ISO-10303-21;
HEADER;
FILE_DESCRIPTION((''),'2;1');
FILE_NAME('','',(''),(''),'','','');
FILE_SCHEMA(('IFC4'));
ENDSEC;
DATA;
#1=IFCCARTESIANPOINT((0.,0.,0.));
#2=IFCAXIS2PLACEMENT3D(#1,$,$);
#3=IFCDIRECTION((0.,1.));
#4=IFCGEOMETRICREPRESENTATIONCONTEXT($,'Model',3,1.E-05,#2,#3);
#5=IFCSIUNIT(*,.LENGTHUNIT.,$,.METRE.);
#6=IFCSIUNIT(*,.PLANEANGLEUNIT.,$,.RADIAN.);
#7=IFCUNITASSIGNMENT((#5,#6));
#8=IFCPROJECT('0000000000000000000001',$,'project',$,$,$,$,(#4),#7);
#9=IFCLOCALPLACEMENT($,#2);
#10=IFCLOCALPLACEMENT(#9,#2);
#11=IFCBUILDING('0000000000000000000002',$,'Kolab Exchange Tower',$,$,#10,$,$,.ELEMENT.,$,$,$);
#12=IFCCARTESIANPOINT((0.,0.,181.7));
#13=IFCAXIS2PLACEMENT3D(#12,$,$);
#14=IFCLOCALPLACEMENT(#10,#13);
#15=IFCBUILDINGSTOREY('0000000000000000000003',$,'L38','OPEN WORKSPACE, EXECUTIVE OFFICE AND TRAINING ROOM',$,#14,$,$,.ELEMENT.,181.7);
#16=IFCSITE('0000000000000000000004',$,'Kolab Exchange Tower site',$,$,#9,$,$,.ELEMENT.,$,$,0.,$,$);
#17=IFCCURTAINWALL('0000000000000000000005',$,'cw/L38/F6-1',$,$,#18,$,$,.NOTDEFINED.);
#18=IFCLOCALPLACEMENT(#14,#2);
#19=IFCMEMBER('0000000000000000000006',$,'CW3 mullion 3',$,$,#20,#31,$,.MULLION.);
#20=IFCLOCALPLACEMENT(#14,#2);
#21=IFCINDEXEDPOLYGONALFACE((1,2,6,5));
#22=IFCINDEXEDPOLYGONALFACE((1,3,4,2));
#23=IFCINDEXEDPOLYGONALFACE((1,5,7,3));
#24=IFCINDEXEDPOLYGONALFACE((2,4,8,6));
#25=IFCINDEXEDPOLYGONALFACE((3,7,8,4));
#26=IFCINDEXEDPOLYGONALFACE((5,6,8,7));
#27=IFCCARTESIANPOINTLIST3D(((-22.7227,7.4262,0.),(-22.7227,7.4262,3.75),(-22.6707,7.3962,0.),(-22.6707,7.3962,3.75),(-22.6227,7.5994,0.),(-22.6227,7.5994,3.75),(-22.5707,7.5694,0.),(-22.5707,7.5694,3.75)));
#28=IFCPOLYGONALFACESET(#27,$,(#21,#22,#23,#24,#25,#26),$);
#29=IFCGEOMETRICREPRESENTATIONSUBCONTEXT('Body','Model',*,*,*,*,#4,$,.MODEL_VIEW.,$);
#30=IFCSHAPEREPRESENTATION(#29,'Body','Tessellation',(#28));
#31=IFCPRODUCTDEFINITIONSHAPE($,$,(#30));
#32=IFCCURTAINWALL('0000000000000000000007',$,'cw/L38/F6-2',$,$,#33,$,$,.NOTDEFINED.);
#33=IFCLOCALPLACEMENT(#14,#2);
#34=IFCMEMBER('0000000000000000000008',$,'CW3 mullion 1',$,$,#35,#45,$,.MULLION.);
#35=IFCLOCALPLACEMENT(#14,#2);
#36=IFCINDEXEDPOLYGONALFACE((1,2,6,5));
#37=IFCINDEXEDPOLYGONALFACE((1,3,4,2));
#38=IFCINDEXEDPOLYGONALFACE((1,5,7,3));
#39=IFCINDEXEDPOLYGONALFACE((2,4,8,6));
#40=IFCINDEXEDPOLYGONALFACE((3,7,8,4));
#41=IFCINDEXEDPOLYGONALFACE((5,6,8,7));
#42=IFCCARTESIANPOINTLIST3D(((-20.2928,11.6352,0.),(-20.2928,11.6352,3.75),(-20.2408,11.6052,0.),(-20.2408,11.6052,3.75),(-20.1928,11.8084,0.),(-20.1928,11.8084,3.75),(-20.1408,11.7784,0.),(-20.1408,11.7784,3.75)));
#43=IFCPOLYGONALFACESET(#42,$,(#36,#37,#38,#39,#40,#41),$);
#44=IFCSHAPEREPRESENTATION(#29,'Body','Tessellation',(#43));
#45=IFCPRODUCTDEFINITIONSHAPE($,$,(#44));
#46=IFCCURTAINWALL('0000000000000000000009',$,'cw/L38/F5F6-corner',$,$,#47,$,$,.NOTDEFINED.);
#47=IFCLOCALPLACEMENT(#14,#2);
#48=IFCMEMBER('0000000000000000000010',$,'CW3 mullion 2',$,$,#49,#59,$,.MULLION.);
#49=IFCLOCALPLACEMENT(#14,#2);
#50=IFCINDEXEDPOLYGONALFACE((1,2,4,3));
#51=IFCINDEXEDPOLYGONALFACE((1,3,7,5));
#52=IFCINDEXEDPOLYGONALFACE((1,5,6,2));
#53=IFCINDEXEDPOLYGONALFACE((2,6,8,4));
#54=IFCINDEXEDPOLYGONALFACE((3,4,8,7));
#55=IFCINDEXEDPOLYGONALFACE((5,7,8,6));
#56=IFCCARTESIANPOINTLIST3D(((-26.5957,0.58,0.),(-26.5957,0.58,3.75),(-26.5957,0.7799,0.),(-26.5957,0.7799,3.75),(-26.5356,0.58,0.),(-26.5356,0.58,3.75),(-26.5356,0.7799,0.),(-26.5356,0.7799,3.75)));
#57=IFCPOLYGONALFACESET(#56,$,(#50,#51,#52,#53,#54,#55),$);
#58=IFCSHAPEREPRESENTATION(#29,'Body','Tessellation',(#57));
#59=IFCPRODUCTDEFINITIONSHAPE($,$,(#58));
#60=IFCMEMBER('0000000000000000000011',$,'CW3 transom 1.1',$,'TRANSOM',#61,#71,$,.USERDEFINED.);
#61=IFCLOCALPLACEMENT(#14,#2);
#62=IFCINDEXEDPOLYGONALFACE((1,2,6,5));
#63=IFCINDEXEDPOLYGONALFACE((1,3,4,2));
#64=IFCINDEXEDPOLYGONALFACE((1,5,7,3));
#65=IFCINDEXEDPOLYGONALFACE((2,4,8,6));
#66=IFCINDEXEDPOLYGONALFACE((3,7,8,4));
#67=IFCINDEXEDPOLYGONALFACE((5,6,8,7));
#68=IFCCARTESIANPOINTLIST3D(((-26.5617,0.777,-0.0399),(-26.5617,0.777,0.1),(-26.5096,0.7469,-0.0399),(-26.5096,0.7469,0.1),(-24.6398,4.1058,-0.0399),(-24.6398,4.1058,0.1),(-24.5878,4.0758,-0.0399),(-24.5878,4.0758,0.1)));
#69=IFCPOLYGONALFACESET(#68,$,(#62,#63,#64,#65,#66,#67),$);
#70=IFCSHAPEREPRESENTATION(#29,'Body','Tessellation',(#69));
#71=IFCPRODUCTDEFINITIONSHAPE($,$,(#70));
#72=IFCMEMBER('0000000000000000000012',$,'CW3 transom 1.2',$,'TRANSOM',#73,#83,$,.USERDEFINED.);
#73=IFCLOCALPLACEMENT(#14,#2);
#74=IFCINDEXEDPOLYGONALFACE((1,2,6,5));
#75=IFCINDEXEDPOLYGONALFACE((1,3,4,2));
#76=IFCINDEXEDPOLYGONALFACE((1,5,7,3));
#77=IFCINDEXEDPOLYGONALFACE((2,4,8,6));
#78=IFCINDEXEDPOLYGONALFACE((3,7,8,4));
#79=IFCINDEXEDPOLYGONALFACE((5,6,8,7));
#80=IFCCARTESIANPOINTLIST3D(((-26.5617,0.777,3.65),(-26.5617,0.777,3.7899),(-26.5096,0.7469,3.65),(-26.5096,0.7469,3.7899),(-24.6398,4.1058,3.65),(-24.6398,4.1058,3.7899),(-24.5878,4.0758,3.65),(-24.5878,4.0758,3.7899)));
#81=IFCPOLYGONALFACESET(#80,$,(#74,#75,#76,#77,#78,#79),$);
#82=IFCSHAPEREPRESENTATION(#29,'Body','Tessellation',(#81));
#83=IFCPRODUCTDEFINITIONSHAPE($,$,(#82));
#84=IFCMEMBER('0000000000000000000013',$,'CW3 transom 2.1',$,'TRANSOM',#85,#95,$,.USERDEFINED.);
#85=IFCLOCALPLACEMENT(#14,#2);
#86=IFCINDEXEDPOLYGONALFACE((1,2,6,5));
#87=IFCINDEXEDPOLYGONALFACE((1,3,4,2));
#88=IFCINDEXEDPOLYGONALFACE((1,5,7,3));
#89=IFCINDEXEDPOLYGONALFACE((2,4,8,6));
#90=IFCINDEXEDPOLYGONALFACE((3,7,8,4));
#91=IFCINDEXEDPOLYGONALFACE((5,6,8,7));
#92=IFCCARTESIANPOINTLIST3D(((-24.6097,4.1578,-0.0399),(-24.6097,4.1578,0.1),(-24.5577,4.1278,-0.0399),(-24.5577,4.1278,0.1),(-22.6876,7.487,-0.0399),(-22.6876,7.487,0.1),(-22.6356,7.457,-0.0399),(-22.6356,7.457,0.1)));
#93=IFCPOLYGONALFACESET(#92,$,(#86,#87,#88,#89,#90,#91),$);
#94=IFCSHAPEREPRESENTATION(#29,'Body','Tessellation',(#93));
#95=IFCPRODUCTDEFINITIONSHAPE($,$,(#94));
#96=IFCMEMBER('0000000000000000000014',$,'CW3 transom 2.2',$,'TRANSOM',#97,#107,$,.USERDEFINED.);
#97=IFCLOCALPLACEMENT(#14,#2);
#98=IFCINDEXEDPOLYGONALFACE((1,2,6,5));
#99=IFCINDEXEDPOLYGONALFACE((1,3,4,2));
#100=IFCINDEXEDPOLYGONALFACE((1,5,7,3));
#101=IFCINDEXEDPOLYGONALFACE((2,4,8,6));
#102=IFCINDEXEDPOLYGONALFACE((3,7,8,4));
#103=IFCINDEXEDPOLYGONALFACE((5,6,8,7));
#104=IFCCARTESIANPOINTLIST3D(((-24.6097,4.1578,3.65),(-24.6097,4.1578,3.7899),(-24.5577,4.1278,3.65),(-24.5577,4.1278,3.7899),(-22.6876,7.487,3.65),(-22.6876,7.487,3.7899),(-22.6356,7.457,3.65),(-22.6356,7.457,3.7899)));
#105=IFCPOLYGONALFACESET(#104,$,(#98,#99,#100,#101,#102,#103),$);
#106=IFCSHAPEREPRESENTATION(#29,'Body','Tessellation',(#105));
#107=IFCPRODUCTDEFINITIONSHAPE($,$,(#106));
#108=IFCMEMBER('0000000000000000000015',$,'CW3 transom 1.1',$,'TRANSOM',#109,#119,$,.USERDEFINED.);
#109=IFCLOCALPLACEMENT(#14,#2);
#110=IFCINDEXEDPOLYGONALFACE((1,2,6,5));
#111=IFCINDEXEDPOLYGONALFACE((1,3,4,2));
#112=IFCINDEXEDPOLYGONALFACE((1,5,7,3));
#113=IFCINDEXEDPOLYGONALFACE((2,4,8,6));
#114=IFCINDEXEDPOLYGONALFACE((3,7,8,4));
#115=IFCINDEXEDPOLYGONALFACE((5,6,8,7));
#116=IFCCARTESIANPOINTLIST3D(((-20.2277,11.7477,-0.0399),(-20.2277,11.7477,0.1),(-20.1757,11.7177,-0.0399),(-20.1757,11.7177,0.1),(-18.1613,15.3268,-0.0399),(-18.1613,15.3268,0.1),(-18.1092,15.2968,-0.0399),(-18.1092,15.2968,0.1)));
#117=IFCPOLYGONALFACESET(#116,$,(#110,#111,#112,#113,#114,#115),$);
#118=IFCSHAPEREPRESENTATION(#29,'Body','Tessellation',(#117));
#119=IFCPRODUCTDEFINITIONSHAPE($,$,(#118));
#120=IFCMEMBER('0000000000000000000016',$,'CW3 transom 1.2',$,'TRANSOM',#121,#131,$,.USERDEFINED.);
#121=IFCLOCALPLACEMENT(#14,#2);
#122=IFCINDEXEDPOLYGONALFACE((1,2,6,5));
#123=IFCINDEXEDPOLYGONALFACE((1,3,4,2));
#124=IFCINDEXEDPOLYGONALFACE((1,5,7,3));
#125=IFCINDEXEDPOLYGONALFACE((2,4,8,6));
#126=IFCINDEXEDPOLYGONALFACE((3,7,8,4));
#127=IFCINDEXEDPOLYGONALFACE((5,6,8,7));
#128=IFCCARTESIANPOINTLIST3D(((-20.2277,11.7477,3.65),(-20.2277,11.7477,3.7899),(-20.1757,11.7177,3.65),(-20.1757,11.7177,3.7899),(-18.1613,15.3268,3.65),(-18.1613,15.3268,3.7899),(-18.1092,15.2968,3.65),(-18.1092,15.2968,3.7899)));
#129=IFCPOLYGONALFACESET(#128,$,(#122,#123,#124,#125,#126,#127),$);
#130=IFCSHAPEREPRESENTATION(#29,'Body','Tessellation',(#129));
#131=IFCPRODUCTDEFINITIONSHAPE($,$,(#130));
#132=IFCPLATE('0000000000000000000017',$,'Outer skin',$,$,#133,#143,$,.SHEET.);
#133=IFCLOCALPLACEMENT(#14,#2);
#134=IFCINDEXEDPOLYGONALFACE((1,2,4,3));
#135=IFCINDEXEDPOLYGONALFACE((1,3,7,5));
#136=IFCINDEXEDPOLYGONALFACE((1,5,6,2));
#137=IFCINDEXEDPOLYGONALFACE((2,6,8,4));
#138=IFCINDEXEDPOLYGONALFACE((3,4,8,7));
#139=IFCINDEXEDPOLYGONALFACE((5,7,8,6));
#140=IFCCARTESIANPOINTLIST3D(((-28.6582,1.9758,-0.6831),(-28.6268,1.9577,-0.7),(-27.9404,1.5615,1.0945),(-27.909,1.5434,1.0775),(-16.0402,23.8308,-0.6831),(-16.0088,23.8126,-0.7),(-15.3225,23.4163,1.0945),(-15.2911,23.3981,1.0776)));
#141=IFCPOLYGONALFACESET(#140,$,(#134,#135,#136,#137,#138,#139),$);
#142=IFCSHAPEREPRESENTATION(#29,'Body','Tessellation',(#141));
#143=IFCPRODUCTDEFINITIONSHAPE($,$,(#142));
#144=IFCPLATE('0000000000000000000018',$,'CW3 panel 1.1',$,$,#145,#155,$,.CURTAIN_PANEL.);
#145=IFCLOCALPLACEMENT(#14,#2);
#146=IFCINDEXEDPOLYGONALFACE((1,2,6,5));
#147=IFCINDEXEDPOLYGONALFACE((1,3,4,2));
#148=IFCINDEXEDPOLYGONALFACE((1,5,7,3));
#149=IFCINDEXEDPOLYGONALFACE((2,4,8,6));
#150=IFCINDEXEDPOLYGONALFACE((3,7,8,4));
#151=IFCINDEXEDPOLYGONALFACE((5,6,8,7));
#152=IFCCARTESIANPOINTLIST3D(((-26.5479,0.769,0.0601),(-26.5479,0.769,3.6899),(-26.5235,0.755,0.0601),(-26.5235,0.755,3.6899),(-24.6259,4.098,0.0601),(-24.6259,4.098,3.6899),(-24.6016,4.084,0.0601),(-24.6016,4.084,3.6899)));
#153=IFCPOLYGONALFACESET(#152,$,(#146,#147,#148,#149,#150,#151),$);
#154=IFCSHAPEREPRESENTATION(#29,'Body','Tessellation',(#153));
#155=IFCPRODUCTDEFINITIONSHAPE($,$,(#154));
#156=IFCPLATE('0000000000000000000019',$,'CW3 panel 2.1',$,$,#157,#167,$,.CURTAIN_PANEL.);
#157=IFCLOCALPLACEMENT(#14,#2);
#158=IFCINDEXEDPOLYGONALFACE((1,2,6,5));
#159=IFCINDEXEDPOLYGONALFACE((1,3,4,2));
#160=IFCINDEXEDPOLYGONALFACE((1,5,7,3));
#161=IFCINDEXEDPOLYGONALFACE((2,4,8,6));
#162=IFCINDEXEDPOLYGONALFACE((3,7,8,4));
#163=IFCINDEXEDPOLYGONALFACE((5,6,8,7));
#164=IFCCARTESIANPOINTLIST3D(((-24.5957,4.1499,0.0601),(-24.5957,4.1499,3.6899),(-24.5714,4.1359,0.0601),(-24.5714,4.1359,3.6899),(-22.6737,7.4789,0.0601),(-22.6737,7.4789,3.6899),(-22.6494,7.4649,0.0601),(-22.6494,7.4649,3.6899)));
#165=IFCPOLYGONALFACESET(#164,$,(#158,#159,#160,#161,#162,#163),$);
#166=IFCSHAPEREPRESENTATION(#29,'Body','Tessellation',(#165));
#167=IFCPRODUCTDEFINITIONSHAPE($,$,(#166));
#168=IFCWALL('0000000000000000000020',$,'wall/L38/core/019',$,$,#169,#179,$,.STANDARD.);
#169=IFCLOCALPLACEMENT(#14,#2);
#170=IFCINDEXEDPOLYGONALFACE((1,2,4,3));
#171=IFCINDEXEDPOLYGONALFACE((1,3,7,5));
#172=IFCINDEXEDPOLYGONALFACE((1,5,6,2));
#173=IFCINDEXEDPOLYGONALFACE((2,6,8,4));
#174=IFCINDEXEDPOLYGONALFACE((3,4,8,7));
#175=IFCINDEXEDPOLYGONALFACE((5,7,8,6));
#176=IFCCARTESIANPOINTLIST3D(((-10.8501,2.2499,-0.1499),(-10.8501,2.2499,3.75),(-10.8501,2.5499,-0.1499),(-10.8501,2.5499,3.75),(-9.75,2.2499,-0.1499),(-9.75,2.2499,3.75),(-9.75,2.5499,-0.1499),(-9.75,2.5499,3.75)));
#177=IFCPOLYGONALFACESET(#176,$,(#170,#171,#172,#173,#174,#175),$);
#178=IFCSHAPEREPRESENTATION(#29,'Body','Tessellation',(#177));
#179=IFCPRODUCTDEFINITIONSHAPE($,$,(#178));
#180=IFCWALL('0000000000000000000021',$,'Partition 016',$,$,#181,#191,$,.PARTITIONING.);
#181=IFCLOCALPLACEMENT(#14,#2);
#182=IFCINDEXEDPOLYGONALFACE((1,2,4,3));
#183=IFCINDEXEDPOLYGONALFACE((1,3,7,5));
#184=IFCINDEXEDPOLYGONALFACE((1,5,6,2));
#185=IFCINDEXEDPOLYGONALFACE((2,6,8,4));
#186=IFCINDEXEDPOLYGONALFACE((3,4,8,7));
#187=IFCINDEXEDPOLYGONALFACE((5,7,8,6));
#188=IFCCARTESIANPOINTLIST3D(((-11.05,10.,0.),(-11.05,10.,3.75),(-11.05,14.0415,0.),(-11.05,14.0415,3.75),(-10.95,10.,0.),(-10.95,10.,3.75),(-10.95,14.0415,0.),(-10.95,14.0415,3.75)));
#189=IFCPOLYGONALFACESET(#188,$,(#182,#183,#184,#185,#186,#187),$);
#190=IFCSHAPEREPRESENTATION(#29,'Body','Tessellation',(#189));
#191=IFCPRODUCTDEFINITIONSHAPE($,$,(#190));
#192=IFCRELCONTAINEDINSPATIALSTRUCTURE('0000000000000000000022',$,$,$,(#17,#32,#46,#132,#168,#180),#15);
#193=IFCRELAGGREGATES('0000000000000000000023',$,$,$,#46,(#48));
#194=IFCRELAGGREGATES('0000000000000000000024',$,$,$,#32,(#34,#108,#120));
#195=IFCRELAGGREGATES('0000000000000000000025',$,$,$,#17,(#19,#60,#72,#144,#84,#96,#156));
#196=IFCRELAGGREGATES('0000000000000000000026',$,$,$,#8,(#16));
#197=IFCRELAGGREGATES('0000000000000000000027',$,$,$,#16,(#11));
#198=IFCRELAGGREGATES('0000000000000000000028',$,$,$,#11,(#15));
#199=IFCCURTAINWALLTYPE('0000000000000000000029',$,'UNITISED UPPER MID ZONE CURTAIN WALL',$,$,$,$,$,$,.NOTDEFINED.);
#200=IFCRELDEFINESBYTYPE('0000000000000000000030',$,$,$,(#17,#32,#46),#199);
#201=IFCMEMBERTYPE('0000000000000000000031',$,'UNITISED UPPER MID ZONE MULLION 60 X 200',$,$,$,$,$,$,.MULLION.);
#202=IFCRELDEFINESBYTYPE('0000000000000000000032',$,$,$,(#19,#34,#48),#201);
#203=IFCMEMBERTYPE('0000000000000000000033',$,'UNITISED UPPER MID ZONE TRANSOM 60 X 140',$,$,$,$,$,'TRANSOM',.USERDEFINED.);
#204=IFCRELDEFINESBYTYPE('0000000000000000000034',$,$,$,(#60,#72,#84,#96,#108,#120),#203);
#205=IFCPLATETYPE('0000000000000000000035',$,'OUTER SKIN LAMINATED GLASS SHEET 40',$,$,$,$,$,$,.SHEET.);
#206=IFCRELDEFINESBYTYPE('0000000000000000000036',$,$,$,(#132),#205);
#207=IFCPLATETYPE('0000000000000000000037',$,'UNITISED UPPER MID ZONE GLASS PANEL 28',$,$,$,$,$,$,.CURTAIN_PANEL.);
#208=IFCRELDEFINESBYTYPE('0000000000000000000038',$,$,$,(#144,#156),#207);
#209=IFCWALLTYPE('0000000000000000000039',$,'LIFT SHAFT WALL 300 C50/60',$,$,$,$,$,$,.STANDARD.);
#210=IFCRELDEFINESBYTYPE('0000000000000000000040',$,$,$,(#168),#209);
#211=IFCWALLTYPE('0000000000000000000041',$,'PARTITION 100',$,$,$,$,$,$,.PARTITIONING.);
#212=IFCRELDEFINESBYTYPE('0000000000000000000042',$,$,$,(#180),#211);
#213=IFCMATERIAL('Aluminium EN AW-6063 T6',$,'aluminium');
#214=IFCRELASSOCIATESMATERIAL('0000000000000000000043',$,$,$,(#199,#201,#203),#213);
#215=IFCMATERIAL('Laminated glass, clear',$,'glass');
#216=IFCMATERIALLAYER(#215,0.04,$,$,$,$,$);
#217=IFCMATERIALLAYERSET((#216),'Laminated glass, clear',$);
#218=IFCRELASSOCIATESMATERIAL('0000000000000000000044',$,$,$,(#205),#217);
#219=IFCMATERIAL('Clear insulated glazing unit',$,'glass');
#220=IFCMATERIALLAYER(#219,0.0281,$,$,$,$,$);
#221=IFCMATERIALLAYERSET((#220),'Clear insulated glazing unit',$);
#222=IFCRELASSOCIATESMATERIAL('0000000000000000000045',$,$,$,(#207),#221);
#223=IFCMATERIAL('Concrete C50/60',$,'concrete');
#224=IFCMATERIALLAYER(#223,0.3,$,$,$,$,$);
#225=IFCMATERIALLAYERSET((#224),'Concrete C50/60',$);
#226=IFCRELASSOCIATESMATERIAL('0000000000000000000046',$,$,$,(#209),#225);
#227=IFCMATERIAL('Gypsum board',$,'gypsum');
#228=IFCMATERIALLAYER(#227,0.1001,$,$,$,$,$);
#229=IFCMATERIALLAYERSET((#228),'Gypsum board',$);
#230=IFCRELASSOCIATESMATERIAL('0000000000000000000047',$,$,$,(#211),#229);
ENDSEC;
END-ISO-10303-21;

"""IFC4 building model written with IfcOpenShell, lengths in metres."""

from ifc_helpers import new_model, si_unit, direction, frame, frame_2d, origin, origin_2d, place, context, subcontext, project, spatial, polyline, rectangle, outline, extrude, material, layer, layer_set, material_profile, profile_set, type_object, element, aggregate, save


model = new_model("IFC4")

# Units and contexts
model_context = context("Model", 3, precision=1e-05, world=origin(), true_north=direction((0.0, 1.0)))
body_context = subcontext(model_context, "Body", "Model", "MODEL_VIEW")
ifc_project = project(units=[si_unit("LENGTHUNIT", "METRE"), si_unit("PLANEANGLEUNIT", "RADIAN")], contexts=[model_context])

# Site, building, storey
site_placement = place(None, origin())
site = spatial("IfcSite", under=ifc_project, at=site_placement, Name="Kolab Exchange Tower site", CompositionType="ELEMENT", RefElevation=0.0)
building_placement = place(site_placement, origin())
building = spatial("IfcBuilding", under=site, at=building_placement, Name="Kolab Exchange Tower", CompositionType="ELEMENT")
storey_placement = place(building_placement, frame((0.0, 0.0, 181.7)))
storey = spatial("IfcBuildingStorey", under=building, at=storey_placement, Name="L38", Description="OPEN WORKSPACE, EXECUTIVE OFFICE AND TRAINING ROOM", CompositionType="ELEMENT", Elevation=181.7)

# Curtain wall, member
ifc_material_1 = material(Name="Aluminium EN AW-6063 T6", Category="aluminium")
curtain_wall_type = type_object("IfcCurtainWallType", Name="UNITISED UPPER MID ZONE CURTAIN WALL", PredefinedType="NOTDEFINED", material=ifc_material_1)
curtain_wall_1_placement = place(storey_placement, origin())
curtain_wall_1 = element("IfcCurtainWall", 1, at=curtain_wall_1_placement, inside=storey, type_object=curtain_wall_type, Name="cw/L38/F6-1", PredefinedType="NOTDEFINED")
ifc_material_profile_1 = material_profile(ifc_material_1, rectangle(XDim=0.0601, YDim=0.2, at=origin_2d()), Name="RECT 60X200")
ifc_profile_set_1 = profile_set([ifc_material_profile_1], Name="Aluminium EN AW-6063 T6")
member_type_1 = type_object("IfcMemberType", Name="UNITISED UPPER MID ZONE MULLION 60 X 200", PredefinedType="MULLION", material=ifc_profile_set_1)
member_1_placement = place(storey_placement, frame((-22.6467, 7.4978, 0.0), z_axis=(0.0, 0.0, 1.0), x_axis=(-0.866025, 0.5, 0.0)))
member_1 = element("IfcMember", 2, at=member_1_placement, type_object=member_type_1, Name="CW3 mullion 3", PredefinedType="MULLION", context=body_context, shape_type="SweptSolid", body=[
    extrude(rectangle(XDim=0.0601, YDim=0.2, at=origin_2d()), origin(), (0.0, 0.0, 1.0), 3.75),
])

# Curtain walls, members
curtain_wall_2_placement = place(storey_placement, origin())
curtain_wall_2 = element("IfcCurtainWall", 3, at=curtain_wall_2_placement, inside=storey, type_object=curtain_wall_type, Name="cw/L38/F6-2", PredefinedType="NOTDEFINED")
member_2_placement = place(storey_placement, frame((-20.2168, 11.7068, 0.0), z_axis=(0.0, 0.0, 1.0), x_axis=(-0.866025, 0.5, 0.0)))
member_2 = element("IfcMember", 4, at=member_2_placement, type_object=member_type_1, Name="CW3 mullion 1", PredefinedType="MULLION", context=body_context, shape_type="SweptSolid", body=[
    extrude(rectangle(XDim=0.0601, YDim=0.2, at=origin_2d()), origin(), (0.0, 0.0, 1.0), 3.75),
])
curtain_wall_3_placement = place(storey_placement, origin())
curtain_wall_3 = element("IfcCurtainWall", 5, at=curtain_wall_3_placement, inside=storey, type_object=curtain_wall_type, Name="cw/L38/F5F6-corner", PredefinedType="NOTDEFINED")
member_3_placement = place(storey_placement, frame((-26.5657, 0.6799, 0.0), z_axis=(0.0, 0.0, 1.0), x_axis=(-1.0, 0.0, 0.0)))
member_3 = element("IfcMember", 6, at=member_3_placement, type_object=member_type_1, Name="CW3 mullion 2", PredefinedType="MULLION", context=body_context, shape_type="SweptSolid", body=[
    extrude(rectangle(XDim=0.0601, YDim=0.2, at=origin_2d()), origin(), (0.0, 0.0, 1.0), 3.75),
])
aggregate(curtain_wall_3, [member_3])

# Members
ifc_material_profile_2 = material_profile(ifc_material_1, rectangle(XDim=0.0601, YDim=0.1399, at=origin_2d()), Name="RECT 60X140")
ifc_profile_set_2 = profile_set([ifc_material_profile_2], Name="Aluminium EN AW-6063 T6")
member_type_2 = type_object("IfcMemberType", Name="UNITISED UPPER MID ZONE TRANSOM 60 X 140", ElementType="TRANSOM", PredefinedType="USERDEFINED", material=ifc_profile_set_2)
member_4_placement = place(storey_placement, frame((-26.5356, 0.762, 0.03), z_axis=(0.499992, 0.86603, 0.0), x_axis=(-0.86603, 0.499992, 0.0)))
member_4 = element("IfcMember", 7, at=member_4_placement, type_object=member_type_2, Name="CW3 transom 1.1", ObjectType="TRANSOM", PredefinedType="USERDEFINED", context=body_context, shape_type="SweptSolid", body=[
    extrude(rectangle(XDim=0.0601, YDim=0.1399, at=origin_2d()), origin(), (0.0, 0.0, 1.0), 3.8438),
])
member_5_placement = place(storey_placement, frame((-26.5356, 0.762, 3.72), z_axis=(0.499992, 0.86603, 0.0), x_axis=(-0.86603, 0.499992, 0.0)))
member_5 = element("IfcMember", 8, at=member_5_placement, type_object=member_type_2, Name="CW3 transom 1.2", ObjectType="TRANSOM", PredefinedType="USERDEFINED", context=body_context, shape_type="SweptSolid", body=[
    extrude(rectangle(XDim=0.0601, YDim=0.1399, at=origin_2d()), origin(), (0.0, 0.0, 1.0), 3.8438),
])
member_6_placement = place(storey_placement, frame((-24.5837, 4.1428, 0.03), z_axis=(0.500012, 0.866018, 0.0), x_axis=(-0.866018, 0.500012, 0.0)))
member_6 = element("IfcMember", 9, at=member_6_placement, type_object=member_type_2, Name="CW3 transom 2.1", ObjectType="TRANSOM", PredefinedType="USERDEFINED", context=body_context, shape_type="SweptSolid", body=[
    extrude(rectangle(XDim=0.0601, YDim=0.1399, at=origin_2d()), origin(), (0.0, 0.0, 1.0), 3.8442),
])
member_7_placement = place(storey_placement, frame((-24.5837, 4.1428, 3.72), z_axis=(0.500012, 0.866018, 0.0), x_axis=(-0.866018, 0.500012, 0.0)))
member_7 = element("IfcMember", 10, at=member_7_placement, type_object=member_type_2, Name="CW3 transom 2.2", ObjectType="TRANSOM", PredefinedType="USERDEFINED", context=body_context, shape_type="SweptSolid", body=[
    extrude(rectangle(XDim=0.0601, YDim=0.1399, at=origin_2d()), origin(), (0.0, 0.0, 1.0), 3.8442),
])
member_8_placement = place(storey_placement, frame((-20.2017, 11.7327, 0.03), z_axis=(0.500002, 0.866024, 0.0), x_axis=(-0.866024, 0.500002, 0.0)))
member_8 = element("IfcMember", 11, at=member_8_placement, type_object=member_type_2, Name="CW3 transom 1.1", ObjectType="TRANSOM", PredefinedType="USERDEFINED", context=body_context, shape_type="SweptSolid", body=[
    extrude(rectangle(XDim=0.0601, YDim=0.1399, at=origin_2d()), origin(), (0.0, 0.0, 1.0), 4.1328),
])
member_9_placement = place(storey_placement, frame((-20.2017, 11.7327, 3.72), z_axis=(0.500002, 0.866024, 0.0), x_axis=(-0.866024, 0.500002, 0.0)))
member_9 = element("IfcMember", 12, at=member_9_placement, type_object=member_type_2, Name="CW3 transom 1.2", ObjectType="TRANSOM", PredefinedType="USERDEFINED", context=body_context, shape_type="SweptSolid", body=[
    extrude(rectangle(XDim=0.0601, YDim=0.1399, at=origin_2d()), origin(), (0.0, 0.0, 1.0), 4.1328),
])
aggregate(curtain_wall_2, [member_2, member_8, member_9])

# Plates
ifc_material_2 = material(Name="Laminated glass, clear", Category="glass")
ifc_layer_1 = layer(ifc_material_2, 0.04)
ifc_layer_set_1 = layer_set([ifc_layer_1], Name="Laminated glass, clear")
plate_type_1 = type_object("IfcPlateType", Name="OUTER SKIN LAMINATED GLASS SHEET 40", PredefinedType="SHEET", material=ifc_layer_set_1)
plate_1_placement = place(storey_placement, frame((-28.6582, 1.9758, -0.6831), z_axis=(-0.784899, 0.453162, 0.422585), x_axis=(0.5, 0.866025, -0.000001)))
element("IfcPlate", 13, at=plate_1_placement, inside=storey, type_object=plate_type_1, Name="Outer skin", PredefinedType="SHEET", context=body_context, shape_type="SweptSolid", body=[
    extrude(outline(polyline([(0.0, 0.0), (25.2359, 0.0), (25.2358, -1.9613), (0.0001, -1.9613), (0.0, 0.0)])), origin(), (0.0, 0.0, -1.0), 0.04),
])
ifc_material_3 = material(Name="Clear insulated glazing unit", Category="glass")
ifc_layer_2 = layer(ifc_material_3, 0.0281)
ifc_layer_set_2 = layer_set([ifc_layer_2], Name="Clear insulated glazing unit")
plate_type_2 = type_object("IfcPlateType", Name="UNITISED UPPER MID ZONE GLASS PANEL 28", PredefinedType="CURTAIN_PANEL", material=ifc_layer_set_2)
plate_2_placement = place(storey_placement, frame((-25.5747, 2.4265, 0.0601), z_axis=(0.0, 0.0, 1.0), x_axis=(0.5, 0.866025, 0.0)))
plate_2 = element("IfcPlate", 14, at=plate_2_placement, type_object=plate_type_2, Name="CW3 panel 1.1", PredefinedType="CURTAIN_PANEL", context=body_context, shape_type="SweptSolid", body=[
    extrude(rectangle(XDim=3.844, YDim=0.0281, at=origin_2d()), origin(), (0.0, 0.0, 1.0), 3.6299),
])
plate_3_placement = place(storey_placement, frame((-23.6226, 5.8074, 0.0601), z_axis=(0.0, 0.0, 1.0), x_axis=(0.5, 0.866025, 0.0)))
plate_3 = element("IfcPlate", 15, at=plate_3_placement, type_object=plate_type_2, Name="CW3 panel 2.1", PredefinedType="CURTAIN_PANEL", context=body_context, shape_type="SweptSolid", body=[
    extrude(rectangle(XDim=3.844, YDim=0.0281, at=origin_2d()), origin(), (0.0, 0.0, 1.0), 3.6299),
])
aggregate(curtain_wall_1, [member_1, member_4, member_5, plate_2, member_6, member_7, plate_3])

# Walls
ifc_material_4 = material(Name="Concrete C50/60", Category="concrete")
ifc_layer_3 = layer(ifc_material_4, 0.3)
ifc_layer_set_3 = layer_set([ifc_layer_3], Name="Concrete C50/60")
wall_type_1 = type_object("IfcWallType", Name="LIFT SHAFT WALL 300 C50/60", PredefinedType="STANDARD", material=ifc_layer_set_3)
wall_1_placement = place(storey_placement, frame((-10.8501, 2.3999, -0.1499), z_axis=(0.0, 0.0, 1.0), x_axis=(1.0, 0.0, 0.0)))
element("IfcWall", 16, at=wall_1_placement, inside=storey, type_object=wall_type_1, Name="wall/L38/core/019", PredefinedType="STANDARD", context=body_context, shape_type="SweptSolid", body=[
    extrude(rectangle(XDim=1.1001, YDim=0.3, at=frame_2d((0.55, 0.0))), origin(), (0.0, 0.0, 1.0), 3.8999),
])
ifc_material_5 = material(Name="Gypsum board", Category="gypsum")
ifc_layer_4 = layer(ifc_material_5, 0.1001)
ifc_layer_set_4 = layer_set([ifc_layer_4], Name="Gypsum board")
wall_type_2 = type_object("IfcWallType", Name="PARTITION 100", PredefinedType="PARTITIONING", material=ifc_layer_set_4)
wall_2_placement = place(storey_placement, frame((-11.0, 10.0, 0.0), z_axis=(0.0, 0.0, 1.0), x_axis=(0.0, 1.0, 0.0)))
element("IfcWall", 17, at=wall_2_placement, inside=storey, type_object=wall_type_2, Name="Partition 016", PredefinedType="PARTITIONING", context=body_context, shape_type="SweptSolid", body=[
    extrude(rectangle(XDim=4.0415, YDim=0.1001, at=frame_2d((2.0208, 0.0))), origin(), (0.0, 0.0, 1.0), 3.75),
])

save(model, "model.ifc")
